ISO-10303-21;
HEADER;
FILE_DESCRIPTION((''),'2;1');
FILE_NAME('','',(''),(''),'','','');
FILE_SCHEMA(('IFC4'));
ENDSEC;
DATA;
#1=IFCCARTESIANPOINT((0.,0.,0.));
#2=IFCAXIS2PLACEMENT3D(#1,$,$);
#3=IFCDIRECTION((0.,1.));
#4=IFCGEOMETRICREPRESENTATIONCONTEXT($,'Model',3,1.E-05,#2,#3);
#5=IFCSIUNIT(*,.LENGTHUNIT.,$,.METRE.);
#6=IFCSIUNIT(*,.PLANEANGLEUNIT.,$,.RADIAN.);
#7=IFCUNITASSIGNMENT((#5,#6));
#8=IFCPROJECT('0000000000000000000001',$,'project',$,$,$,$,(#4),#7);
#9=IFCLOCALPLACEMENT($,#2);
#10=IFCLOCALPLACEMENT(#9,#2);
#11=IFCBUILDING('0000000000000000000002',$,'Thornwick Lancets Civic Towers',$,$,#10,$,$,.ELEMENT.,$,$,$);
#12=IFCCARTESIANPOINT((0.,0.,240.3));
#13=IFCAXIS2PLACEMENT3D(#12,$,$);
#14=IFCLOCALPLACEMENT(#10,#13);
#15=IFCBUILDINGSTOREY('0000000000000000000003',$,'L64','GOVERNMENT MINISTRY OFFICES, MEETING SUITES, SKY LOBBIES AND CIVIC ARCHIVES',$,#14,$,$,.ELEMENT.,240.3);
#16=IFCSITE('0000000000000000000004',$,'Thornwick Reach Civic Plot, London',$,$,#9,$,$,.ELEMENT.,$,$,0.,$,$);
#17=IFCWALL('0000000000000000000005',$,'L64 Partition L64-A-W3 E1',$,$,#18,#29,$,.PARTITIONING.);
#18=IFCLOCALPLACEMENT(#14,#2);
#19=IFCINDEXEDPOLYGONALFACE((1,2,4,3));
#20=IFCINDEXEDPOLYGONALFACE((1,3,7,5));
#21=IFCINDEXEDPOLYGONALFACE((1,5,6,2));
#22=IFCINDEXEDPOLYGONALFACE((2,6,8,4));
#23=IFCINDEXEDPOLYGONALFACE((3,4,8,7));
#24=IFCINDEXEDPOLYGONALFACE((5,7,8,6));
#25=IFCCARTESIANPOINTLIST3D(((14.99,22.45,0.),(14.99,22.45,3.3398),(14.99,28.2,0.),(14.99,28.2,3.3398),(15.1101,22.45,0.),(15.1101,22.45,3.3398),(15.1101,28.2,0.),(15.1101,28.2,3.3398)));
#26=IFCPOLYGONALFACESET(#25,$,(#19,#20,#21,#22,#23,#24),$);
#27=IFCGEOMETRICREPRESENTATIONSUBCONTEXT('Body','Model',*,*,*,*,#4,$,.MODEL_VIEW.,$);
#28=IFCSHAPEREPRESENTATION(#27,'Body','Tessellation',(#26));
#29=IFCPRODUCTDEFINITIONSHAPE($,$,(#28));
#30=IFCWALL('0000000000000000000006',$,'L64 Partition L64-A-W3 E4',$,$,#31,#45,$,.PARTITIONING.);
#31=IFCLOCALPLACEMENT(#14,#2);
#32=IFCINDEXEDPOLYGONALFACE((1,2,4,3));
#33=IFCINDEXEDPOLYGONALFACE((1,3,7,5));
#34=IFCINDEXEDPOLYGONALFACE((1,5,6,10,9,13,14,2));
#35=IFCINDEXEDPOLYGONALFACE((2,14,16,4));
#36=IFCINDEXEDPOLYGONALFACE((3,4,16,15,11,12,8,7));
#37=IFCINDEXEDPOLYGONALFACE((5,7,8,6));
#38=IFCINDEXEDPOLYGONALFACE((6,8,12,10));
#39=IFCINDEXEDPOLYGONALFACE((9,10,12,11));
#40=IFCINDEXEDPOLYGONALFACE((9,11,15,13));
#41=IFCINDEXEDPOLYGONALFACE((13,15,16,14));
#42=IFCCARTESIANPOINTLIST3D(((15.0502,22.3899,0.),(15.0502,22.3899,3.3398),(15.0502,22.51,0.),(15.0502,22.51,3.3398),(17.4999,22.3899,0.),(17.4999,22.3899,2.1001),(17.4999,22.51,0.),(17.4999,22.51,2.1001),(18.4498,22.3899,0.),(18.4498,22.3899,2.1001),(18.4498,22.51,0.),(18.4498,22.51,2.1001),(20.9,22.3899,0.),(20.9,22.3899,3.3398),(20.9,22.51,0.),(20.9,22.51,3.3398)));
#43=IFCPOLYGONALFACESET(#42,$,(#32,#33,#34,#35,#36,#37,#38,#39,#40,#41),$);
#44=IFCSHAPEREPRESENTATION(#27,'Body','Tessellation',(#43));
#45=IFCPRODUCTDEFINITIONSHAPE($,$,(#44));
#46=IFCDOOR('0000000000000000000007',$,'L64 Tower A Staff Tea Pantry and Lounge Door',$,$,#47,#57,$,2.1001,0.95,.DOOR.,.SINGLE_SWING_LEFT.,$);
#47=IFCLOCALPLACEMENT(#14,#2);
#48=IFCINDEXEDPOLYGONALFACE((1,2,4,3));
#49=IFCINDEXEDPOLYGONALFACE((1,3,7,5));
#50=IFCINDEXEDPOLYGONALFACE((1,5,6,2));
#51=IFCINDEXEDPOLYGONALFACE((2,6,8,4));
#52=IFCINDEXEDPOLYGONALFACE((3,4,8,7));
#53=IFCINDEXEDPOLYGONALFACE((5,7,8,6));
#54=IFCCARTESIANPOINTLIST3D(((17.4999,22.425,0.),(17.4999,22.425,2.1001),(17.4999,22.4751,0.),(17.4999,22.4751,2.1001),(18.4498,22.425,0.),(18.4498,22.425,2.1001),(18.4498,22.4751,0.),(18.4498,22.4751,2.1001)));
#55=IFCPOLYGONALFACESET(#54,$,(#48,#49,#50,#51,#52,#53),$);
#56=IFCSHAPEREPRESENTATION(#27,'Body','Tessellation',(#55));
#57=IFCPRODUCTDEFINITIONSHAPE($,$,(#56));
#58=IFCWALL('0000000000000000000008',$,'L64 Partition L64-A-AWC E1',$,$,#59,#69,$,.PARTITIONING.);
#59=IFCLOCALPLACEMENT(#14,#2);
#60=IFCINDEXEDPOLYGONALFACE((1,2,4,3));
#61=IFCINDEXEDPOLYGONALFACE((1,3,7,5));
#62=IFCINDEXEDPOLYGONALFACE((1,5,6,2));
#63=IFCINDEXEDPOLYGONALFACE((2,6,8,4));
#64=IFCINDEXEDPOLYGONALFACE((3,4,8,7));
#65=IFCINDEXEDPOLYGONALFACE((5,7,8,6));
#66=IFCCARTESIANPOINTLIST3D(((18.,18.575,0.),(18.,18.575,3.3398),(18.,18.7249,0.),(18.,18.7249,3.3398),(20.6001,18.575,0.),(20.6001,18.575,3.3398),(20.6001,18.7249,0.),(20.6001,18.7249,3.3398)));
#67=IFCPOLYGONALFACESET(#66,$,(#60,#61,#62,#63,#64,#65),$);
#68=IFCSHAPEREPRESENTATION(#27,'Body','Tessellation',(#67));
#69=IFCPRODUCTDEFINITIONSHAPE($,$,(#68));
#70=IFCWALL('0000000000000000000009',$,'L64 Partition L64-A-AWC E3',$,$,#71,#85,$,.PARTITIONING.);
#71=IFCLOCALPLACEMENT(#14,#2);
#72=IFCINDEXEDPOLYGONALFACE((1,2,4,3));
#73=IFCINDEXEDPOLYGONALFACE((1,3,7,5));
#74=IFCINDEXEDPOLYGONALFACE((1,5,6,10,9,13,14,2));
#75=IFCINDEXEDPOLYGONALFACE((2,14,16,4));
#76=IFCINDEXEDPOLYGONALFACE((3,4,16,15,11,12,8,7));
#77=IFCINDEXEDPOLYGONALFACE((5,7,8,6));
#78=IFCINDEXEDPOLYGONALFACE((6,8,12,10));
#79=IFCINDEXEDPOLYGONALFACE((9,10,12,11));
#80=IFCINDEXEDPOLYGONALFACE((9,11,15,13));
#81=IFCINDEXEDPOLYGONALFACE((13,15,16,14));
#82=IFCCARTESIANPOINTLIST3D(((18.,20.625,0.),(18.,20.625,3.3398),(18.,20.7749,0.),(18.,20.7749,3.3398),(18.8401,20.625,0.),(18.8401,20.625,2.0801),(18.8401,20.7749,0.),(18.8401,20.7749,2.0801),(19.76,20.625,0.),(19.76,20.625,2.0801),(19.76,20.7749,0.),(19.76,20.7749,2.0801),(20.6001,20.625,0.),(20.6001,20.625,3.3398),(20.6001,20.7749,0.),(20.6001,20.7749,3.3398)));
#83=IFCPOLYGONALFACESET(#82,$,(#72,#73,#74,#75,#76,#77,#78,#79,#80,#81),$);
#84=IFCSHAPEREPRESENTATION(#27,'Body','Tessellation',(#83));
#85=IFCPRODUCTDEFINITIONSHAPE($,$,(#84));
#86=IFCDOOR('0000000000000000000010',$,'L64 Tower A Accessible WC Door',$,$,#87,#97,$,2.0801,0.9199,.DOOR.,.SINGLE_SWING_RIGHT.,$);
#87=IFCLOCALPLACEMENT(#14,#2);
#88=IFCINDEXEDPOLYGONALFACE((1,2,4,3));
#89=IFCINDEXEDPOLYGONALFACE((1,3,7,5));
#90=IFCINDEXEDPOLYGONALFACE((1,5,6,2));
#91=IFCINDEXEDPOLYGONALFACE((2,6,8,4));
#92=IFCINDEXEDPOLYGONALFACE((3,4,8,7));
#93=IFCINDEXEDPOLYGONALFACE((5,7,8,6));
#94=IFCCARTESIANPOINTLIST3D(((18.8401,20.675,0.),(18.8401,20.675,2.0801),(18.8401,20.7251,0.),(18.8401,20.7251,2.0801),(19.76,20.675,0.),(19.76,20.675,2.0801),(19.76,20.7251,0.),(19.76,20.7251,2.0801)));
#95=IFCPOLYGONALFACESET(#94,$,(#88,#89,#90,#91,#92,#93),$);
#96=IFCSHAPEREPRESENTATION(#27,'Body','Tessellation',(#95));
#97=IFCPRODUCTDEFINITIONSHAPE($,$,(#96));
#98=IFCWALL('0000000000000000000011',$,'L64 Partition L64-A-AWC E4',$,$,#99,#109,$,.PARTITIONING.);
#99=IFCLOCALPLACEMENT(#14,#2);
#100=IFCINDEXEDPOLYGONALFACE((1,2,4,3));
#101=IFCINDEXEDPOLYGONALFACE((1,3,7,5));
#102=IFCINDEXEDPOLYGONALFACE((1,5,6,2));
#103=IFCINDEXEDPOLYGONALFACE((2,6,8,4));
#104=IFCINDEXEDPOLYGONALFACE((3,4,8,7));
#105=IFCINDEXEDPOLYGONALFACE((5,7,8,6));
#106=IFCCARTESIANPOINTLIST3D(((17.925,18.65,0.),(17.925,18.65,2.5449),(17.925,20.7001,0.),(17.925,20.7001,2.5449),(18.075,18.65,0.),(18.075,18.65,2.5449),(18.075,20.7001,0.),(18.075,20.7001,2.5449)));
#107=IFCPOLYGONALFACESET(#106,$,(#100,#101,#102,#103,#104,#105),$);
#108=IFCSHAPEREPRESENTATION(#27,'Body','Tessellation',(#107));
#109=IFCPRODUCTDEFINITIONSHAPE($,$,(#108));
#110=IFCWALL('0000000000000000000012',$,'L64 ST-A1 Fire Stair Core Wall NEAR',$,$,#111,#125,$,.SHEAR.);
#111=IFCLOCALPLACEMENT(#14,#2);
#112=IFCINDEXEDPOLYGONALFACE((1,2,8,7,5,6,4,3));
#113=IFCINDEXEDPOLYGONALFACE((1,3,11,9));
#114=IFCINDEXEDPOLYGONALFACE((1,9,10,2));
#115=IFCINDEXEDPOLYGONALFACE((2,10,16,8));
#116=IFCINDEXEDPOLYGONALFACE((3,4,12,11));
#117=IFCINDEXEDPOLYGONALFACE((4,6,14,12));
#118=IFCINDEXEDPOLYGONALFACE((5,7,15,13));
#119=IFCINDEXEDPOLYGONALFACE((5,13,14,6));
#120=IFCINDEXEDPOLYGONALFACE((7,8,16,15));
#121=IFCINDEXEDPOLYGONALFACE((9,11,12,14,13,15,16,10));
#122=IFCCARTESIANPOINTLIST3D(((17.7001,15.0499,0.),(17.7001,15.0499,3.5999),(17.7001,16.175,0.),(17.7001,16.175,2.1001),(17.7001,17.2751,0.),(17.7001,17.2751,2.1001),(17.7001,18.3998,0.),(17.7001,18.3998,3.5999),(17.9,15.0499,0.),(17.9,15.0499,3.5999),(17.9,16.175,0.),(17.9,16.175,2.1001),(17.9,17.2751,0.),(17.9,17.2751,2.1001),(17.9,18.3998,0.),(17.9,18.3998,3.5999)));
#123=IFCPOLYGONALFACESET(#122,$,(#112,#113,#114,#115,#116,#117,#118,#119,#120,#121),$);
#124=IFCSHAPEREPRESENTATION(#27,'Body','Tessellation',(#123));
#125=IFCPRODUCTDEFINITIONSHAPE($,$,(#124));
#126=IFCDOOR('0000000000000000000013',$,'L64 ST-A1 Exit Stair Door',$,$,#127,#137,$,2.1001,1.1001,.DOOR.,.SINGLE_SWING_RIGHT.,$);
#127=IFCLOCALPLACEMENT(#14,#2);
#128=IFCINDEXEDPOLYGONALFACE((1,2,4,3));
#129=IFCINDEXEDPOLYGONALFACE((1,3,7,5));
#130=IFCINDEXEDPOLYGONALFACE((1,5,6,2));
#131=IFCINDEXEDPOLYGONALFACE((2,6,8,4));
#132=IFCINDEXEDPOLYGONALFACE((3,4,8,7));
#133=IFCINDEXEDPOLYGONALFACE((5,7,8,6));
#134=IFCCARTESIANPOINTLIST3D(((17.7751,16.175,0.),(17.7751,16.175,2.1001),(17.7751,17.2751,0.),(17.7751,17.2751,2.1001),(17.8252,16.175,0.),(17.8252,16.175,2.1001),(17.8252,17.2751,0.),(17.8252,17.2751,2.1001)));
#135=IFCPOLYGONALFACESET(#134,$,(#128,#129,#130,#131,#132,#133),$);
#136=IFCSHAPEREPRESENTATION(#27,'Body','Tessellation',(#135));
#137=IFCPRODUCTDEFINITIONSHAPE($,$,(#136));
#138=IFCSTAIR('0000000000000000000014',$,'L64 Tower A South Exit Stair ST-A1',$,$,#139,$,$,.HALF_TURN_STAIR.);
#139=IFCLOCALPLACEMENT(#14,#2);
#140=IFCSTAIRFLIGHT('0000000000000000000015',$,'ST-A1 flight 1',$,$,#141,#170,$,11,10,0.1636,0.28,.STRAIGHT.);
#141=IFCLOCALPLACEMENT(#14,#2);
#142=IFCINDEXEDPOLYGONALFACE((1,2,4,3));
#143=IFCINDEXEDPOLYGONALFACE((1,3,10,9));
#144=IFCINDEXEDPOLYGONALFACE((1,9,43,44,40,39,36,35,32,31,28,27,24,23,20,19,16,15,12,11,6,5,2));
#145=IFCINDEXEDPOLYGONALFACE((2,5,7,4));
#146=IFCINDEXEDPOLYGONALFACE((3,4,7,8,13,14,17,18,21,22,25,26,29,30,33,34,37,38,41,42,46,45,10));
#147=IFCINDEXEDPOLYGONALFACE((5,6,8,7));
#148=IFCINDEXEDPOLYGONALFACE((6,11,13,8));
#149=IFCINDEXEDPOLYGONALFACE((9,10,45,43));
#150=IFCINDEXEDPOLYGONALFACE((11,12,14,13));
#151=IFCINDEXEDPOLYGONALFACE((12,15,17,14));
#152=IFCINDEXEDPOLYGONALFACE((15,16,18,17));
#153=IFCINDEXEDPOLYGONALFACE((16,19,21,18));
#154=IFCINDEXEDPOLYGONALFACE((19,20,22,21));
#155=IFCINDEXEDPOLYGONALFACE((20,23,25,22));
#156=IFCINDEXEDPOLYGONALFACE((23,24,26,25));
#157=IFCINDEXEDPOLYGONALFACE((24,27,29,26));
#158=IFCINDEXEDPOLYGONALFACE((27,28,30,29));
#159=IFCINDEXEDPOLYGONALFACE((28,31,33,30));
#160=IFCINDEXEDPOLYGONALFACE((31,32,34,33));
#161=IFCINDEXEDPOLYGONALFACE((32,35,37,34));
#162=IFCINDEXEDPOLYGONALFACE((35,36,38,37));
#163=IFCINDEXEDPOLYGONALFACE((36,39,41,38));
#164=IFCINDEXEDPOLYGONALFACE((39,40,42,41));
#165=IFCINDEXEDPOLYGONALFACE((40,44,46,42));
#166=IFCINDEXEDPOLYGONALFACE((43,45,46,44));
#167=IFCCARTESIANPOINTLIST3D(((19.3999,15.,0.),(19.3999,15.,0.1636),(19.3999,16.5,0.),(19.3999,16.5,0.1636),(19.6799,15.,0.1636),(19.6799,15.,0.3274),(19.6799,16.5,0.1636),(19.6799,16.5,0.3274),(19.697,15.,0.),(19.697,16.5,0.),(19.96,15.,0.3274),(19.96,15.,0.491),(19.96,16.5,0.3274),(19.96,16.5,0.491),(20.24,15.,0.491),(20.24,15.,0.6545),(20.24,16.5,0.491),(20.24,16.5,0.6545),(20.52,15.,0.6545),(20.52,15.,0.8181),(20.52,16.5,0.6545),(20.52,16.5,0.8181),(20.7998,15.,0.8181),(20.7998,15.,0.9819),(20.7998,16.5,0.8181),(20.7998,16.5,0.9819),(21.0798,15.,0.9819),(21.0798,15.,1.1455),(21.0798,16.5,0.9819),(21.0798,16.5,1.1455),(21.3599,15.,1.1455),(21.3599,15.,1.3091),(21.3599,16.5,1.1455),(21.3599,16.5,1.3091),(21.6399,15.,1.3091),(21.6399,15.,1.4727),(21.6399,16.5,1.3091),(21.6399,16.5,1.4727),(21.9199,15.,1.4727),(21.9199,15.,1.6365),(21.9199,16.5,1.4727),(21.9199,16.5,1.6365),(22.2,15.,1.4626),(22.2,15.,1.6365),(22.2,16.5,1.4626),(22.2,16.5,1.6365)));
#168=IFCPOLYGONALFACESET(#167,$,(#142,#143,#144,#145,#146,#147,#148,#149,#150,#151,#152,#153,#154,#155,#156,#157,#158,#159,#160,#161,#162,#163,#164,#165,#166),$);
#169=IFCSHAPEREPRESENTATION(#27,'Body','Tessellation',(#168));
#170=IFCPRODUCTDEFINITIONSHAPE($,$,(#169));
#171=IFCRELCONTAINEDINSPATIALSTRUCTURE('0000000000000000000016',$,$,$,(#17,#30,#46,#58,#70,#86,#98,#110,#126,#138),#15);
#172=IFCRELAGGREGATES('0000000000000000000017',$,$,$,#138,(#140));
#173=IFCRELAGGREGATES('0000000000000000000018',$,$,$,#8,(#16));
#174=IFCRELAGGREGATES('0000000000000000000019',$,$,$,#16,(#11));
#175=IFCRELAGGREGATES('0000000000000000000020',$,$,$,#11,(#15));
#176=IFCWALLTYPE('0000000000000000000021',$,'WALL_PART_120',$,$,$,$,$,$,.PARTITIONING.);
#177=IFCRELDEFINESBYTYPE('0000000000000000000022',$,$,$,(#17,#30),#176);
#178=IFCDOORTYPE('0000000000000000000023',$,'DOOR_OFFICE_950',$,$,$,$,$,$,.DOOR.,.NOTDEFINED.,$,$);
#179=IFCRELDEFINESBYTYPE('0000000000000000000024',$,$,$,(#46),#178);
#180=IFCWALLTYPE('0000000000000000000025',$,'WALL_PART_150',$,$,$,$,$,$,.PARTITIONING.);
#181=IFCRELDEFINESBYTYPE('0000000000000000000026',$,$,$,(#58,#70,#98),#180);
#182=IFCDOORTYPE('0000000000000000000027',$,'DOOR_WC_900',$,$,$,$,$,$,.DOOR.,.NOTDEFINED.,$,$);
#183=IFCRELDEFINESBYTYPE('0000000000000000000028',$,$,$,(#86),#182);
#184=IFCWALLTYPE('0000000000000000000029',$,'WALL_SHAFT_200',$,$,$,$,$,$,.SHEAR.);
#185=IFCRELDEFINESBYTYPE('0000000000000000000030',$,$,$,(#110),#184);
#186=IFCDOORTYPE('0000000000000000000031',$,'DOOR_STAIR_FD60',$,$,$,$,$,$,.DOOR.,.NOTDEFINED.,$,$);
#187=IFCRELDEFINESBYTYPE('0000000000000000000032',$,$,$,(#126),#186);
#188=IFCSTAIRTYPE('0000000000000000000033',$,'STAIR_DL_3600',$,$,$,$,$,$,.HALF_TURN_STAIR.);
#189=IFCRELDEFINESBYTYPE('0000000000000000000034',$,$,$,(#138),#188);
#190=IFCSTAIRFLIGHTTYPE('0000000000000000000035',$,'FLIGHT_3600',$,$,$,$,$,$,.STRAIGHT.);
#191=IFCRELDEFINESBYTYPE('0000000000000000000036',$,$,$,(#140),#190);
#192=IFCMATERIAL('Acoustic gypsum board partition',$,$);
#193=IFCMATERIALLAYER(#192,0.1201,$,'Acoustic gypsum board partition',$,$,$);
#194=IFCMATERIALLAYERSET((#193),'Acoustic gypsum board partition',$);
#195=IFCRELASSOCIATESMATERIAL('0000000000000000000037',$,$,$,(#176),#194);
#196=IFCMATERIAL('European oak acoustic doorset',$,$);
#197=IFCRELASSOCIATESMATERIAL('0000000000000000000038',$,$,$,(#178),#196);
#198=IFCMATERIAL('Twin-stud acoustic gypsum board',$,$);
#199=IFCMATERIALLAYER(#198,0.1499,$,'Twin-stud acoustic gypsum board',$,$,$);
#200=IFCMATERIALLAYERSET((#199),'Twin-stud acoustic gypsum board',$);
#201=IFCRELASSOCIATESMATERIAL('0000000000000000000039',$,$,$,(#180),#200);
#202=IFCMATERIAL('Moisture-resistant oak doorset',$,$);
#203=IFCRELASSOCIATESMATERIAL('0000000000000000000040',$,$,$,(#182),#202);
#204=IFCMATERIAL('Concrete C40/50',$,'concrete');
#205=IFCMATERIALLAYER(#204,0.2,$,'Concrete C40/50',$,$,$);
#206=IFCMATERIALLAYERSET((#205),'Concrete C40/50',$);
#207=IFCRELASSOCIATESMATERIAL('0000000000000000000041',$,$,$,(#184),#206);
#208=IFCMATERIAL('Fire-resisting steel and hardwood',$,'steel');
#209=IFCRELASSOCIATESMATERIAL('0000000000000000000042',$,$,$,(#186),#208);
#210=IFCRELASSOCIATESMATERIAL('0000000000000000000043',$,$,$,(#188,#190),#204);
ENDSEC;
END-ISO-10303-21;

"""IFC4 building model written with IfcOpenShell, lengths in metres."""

from ifc_helpers import new_model, si_unit, direction, frame, frame_2d, origin, place, context, subcontext, project, spatial, polyline, rectangle, outline, extrude, material, layer, layer_set, type_object, element, fill, aggregate, save


model = new_model("IFC4")

# Units and contexts
model_context = context("Model", 3, precision=1e-05, world=origin(), true_north=direction((0.0, 1.0)))
body_context = subcontext(model_context, "Body", "Model", "MODEL_VIEW")
ifc_project = project(units=[si_unit("LENGTHUNIT", "METRE"), si_unit("PLANEANGLEUNIT", "RADIAN")], contexts=[model_context])

# Site, building, storey
site_placement = place(None, origin())
site = spatial("IfcSite", under=ifc_project, at=site_placement, Name="Thornwick Reach Civic Plot, London", CompositionType="ELEMENT", RefElevation=0.0)
building_placement = place(site_placement, origin())
building = spatial("IfcBuilding", under=site, at=building_placement, Name="Thornwick Lancets Civic Towers", CompositionType="ELEMENT")
storey_placement = place(building_placement, frame((0.0, 0.0, 240.3)))
storey = spatial("IfcBuildingStorey", under=building, at=storey_placement, Name="L64", Description="GOVERNMENT MINISTRY OFFICES, MEETING SUITES, SKY LOBBIES AND CIVIC ARCHIVES", CompositionType="ELEMENT", Elevation=240.3)

# Wall
ifc_material_1 = material(Name="Acoustic gypsum board partition")
ifc_layer_1 = layer(ifc_material_1, 0.1201, Name="Acoustic gypsum board partition")
ifc_layer_set_1 = layer_set([ifc_layer_1], Name="Acoustic gypsum board partition")
wall_type_1 = type_object("IfcWallType", Name="WALL_PART_120", PredefinedType="PARTITIONING", material=ifc_layer_set_1)
wall_1_placement = place(storey_placement, frame((15.05, 22.45, 0.0), z_axis=(0.0, 0.0, 1.0), x_axis=(0.0, 1.0, 0.0)))
element("IfcWall", 1, at=wall_1_placement, inside=storey, type_object=wall_type_1, Name="L64 Partition L64-A-W3 E1", PredefinedType="PARTITIONING", context=body_context, shape_type="SweptSolid", body=[
    extrude(rectangle(XDim=5.75, YDim=0.1201, at=frame_2d((2.875, 0.0))), origin(), (0.0, 0.0, 1.0), 3.3398),
])

# Wall, opening, door
wall_2_placement = place(storey_placement, frame((20.8999, 22.45, 0.0), z_axis=(0.0, 0.0, 1.0), x_axis=(-1.0, 0.0, 0.0)))
wall_2 = element("IfcWall", 2, at=wall_2_placement, inside=storey, type_object=wall_type_1, Name="L64 Partition L64-A-W3 E4", PredefinedType="PARTITIONING", context=body_context, shape_type="SweptSolid", body=[
    extrude(rectangle(XDim=5.8499, YDim=0.1201, at=frame_2d((2.9248, 0.0))), origin(), (0.0, 0.0, 1.0), 3.3398),
])
opening_1_placement = place(wall_2_placement, frame((2.45, 0.0, 0.0)))
opening_1 = element("IfcOpeningElement", 3, at=opening_1_placement, cuts=wall_2, PredefinedType="OPENING", context=body_context, shape_type="SweptSolid", body=[
    extrude(rectangle(XDim=0.95, YDim=2.1001, at=frame_2d((0.4751, 1.05))), frame((0.0, 0.0701, 0.0), z_axis=(0.0, -1.0, 0.0), x_axis=(1.0, 0.0, 0.0)), (0.0, 0.0, 1.0), 0.1401),
])
ifc_material_2 = material(Name="European oak acoustic doorset")
door_type_1 = type_object("IfcDoorType", Name="DOOR_OFFICE_950", OperationType="NOTDEFINED", PredefinedType="DOOR", material=ifc_material_2)
door_1_placement = place(opening_1_placement, origin())
door_1 = element("IfcDoor", 4, at=door_1_placement, inside=storey, type_object=door_type_1, Name="L64 Tower A Staff Tea Pantry and Lounge Door", OperationType="SINGLE_SWING_LEFT", OverallHeight=2.1001, OverallWidth=0.95, PredefinedType="DOOR", context=body_context, shape_type="SweptSolid", body=[
    extrude(rectangle(XDim=0.95, YDim=2.1001, at=frame_2d((0.4751, 1.05))), frame((0.0, 0.0249, 0.0), z_axis=(0.0, -1.0, 0.0), x_axis=(1.0, 0.0, 0.0)), (0.0, 0.0, 1.0), 0.05),
])
fill(opening_1, door_1)

# Wall
ifc_material_3 = material(Name="Twin-stud acoustic gypsum board")
ifc_layer_2 = layer(ifc_material_3, 0.1499, Name="Twin-stud acoustic gypsum board")
ifc_layer_set_2 = layer_set([ifc_layer_2], Name="Twin-stud acoustic gypsum board")
wall_type_2 = type_object("IfcWallType", Name="WALL_PART_150", PredefinedType="PARTITIONING", material=ifc_layer_set_2)
wall_3_placement = place(storey_placement, frame((18.0, 18.6499, 0.0), z_axis=(0.0, 0.0, 1.0), x_axis=(1.0, 0.0, 0.0)))
element("IfcWall", 5, at=wall_3_placement, inside=storey, type_object=wall_type_2, Name="L64 Partition L64-A-AWC E1", PredefinedType="PARTITIONING", context=body_context, shape_type="SweptSolid", body=[
    extrude(rectangle(XDim=2.6001, YDim=0.1499, at=frame_2d((1.3, 0.0))), origin(), (0.0, 0.0, 1.0), 3.3398),
])

# Wall, opening, door
wall_4_placement = place(storey_placement, frame((20.6001, 20.7, 0.0), z_axis=(0.0, 0.0, 1.0), x_axis=(-1.0, 0.0, 0.0)))
wall_4 = element("IfcWall", 6, at=wall_4_placement, inside=storey, type_object=wall_type_2, Name="L64 Partition L64-A-AWC E3", PredefinedType="PARTITIONING", context=body_context, shape_type="SweptSolid", body=[
    extrude(rectangle(XDim=2.6001, YDim=0.1499, at=frame_2d((1.3, 0.0))), origin(), (0.0, 0.0, 1.0), 3.3398),
])
opening_2_placement = place(wall_4_placement, frame((0.8401, 0.0, 0.0)))
opening_2 = element("IfcOpeningElement", 7, at=opening_2_placement, cuts=wall_4, PredefinedType="OPENING", context=body_context, shape_type="SweptSolid", body=[
    extrude(rectangle(XDim=0.9199, YDim=2.0801, at=frame_2d((0.46, 1.04))), frame((0.0, 0.085, 0.0), z_axis=(0.0, -1.0, 0.0), x_axis=(1.0, 0.0, 0.0)), (0.0, 0.0, 1.0), 0.1699),
])
ifc_material_4 = material(Name="Moisture-resistant oak doorset")
door_type_2 = type_object("IfcDoorType", Name="DOOR_WC_900", OperationType="NOTDEFINED", PredefinedType="DOOR", material=ifc_material_4)
door_2_placement = place(opening_2_placement, origin())
door_2 = element("IfcDoor", 8, at=door_2_placement, inside=storey, type_object=door_type_2, Name="L64 Tower A Accessible WC Door", OperationType="SINGLE_SWING_RIGHT", OverallHeight=2.0801, OverallWidth=0.9199, PredefinedType="DOOR", context=body_context, shape_type="SweptSolid", body=[
    extrude(rectangle(XDim=0.9199, YDim=2.0801, at=frame_2d((0.46, 1.04))), frame((0.0, 0.0249, 0.0), z_axis=(0.0, -1.0, 0.0), x_axis=(1.0, 0.0, 0.0)), (0.0, 0.0, 1.0), 0.05),
])
fill(opening_2, door_2)

# Wall
wall_5_placement = place(storey_placement, frame((18.0, 20.7, 0.0), z_axis=(0.0, 0.0, 1.0), x_axis=(0.0, -1.0, 0.0)))
element("IfcWall", 9, at=wall_5_placement, inside=storey, type_object=wall_type_2, Name="L64 Partition L64-A-AWC E4", PredefinedType="PARTITIONING", context=body_context, shape_type="SweptSolid", body=[
    extrude(rectangle(XDim=2.05, YDim=0.1499, at=frame_2d((1.0249, 0.0))), origin(), (0.0, 0.0, 1.0), 2.5449),
])

# Wall, opening, door
ifc_material_5 = material(Name="Concrete C40/50", Category="concrete")
ifc_layer_3 = layer(ifc_material_5, 0.2, Name="Concrete C40/50")
ifc_layer_set_3 = layer_set([ifc_layer_3], Name="Concrete C40/50")
wall_type_3 = type_object("IfcWallType", Name="WALL_SHAFT_200", PredefinedType="SHEAR", material=ifc_layer_set_3)
wall_6_placement = place(storey_placement, frame((17.8, 15.05, 0.0), z_axis=(0.0, 0.0, 1.0), x_axis=(0.0, 1.0, 0.0)))
wall_6 = element("IfcWall", 10, at=wall_6_placement, inside=storey, type_object=wall_type_3, Name="L64 ST-A1 Fire Stair Core Wall NEAR", PredefinedType="SHEAR", context=body_context, shape_type="SweptSolid", body=[
    extrude(rectangle(XDim=3.3499, YDim=0.2, at=frame_2d((1.6748, 0.0))), origin(), (0.0, 0.0, 1.0), 3.5999),
])
opening_3_placement = place(wall_6_placement, frame((1.125, 0.0, 0.0)))
opening_3 = element("IfcOpeningElement", 11, at=opening_3_placement, cuts=wall_6, PredefinedType="OPENING", context=body_context, shape_type="SweptSolid", body=[
    extrude(rectangle(XDim=1.1001, YDim=2.1001, at=frame_2d((0.55, 1.05))), frame((0.0, 0.1099, 0.0), z_axis=(0.0, -1.0, 0.0), x_axis=(1.0, 0.0, 0.0)), (0.0, 0.0, 1.0), 0.22),
])
ifc_material_6 = material(Name="Fire-resisting steel and hardwood", Category="steel")
door_type_3 = type_object("IfcDoorType", Name="DOOR_STAIR_FD60", OperationType="NOTDEFINED", PredefinedType="DOOR", material=ifc_material_6)
door_3_placement = place(opening_3_placement, origin())
door_3 = element("IfcDoor", 12, at=door_3_placement, inside=storey, type_object=door_type_3, Name="L64 ST-A1 Exit Stair Door", OperationType="SINGLE_SWING_RIGHT", OverallHeight=2.1001, OverallWidth=1.1001, PredefinedType="DOOR", context=body_context, shape_type="SweptSolid", body=[
    extrude(rectangle(XDim=1.1001, YDim=2.1001, at=frame_2d((0.55, 1.05))), frame((0.0, 0.0249, 0.0), z_axis=(0.0, -1.0, 0.0), x_axis=(1.0, 0.0, 0.0)), (0.0, 0.0, 1.0), 0.05),
])
fill(opening_3, door_3)

# Stair, stair flight
stair_type = type_object("IfcStairType", Name="STAIR_DL_3600", PredefinedType="HALF_TURN_STAIR", material=ifc_material_5)
stair_placement = place(storey_placement, origin())
stair = element("IfcStair", 13, at=stair_placement, inside=storey, type_object=stair_type, Name="L64 Tower A South Exit Stair ST-A1", PredefinedType="HALF_TURN_STAIR")
stair_flight_type = type_object("IfcStairFlightType", Name="FLIGHT_3600", PredefinedType="STRAIGHT", material=ifc_material_5)
stair_flight_placement = place(storey_placement, frame((19.3999, 15.75, 0.0), z_axis=(0.0, 0.0, 1.0), x_axis=(1.0, 0.0, 0.0)))
stair_flight = element("IfcStairFlight", 14, at=stair_flight_placement, type_object=stair_flight_type, Name="ST-A1 flight 1", NumberOfRisers=11, NumberOfTreads=10, PredefinedType="STRAIGHT", RiserHeight=0.1636, TreadLength=0.28, context=body_context, shape_type="SweptSolid", body=[
    extrude(outline(polyline([(0.0, 0.0), (0.0, 0.1636), (0.28, 0.1636), (0.28, 0.3274), (0.5601, 0.3274), (0.5601, 0.491), (0.8401, 0.491), (0.8401, 0.6545), (1.1201, 0.6545), (1.1201, 0.8181), (1.3999, 0.8181), (1.3999, 0.9819), (1.6799, 0.9819), (1.6799, 1.1455), (1.96, 1.1455), (1.96, 1.3091), (2.24, 1.3091), (2.24, 1.4727), (2.52, 1.4727), (2.52, 1.6365), (2.8, 1.6365), (2.8, 1.8), (2.8, 1.4626), (0.2971, 0.0), (0.0, 0.0)])), frame((0.0, 0.75, 0.0), z_axis=(0.0, -1.0, 0.0), x_axis=(1.0, 0.0, 0.0)), (0.0, 0.0, 1.0), 1.5),
])
aggregate(stair, [stair_flight])

save(model, "model.ifc")
